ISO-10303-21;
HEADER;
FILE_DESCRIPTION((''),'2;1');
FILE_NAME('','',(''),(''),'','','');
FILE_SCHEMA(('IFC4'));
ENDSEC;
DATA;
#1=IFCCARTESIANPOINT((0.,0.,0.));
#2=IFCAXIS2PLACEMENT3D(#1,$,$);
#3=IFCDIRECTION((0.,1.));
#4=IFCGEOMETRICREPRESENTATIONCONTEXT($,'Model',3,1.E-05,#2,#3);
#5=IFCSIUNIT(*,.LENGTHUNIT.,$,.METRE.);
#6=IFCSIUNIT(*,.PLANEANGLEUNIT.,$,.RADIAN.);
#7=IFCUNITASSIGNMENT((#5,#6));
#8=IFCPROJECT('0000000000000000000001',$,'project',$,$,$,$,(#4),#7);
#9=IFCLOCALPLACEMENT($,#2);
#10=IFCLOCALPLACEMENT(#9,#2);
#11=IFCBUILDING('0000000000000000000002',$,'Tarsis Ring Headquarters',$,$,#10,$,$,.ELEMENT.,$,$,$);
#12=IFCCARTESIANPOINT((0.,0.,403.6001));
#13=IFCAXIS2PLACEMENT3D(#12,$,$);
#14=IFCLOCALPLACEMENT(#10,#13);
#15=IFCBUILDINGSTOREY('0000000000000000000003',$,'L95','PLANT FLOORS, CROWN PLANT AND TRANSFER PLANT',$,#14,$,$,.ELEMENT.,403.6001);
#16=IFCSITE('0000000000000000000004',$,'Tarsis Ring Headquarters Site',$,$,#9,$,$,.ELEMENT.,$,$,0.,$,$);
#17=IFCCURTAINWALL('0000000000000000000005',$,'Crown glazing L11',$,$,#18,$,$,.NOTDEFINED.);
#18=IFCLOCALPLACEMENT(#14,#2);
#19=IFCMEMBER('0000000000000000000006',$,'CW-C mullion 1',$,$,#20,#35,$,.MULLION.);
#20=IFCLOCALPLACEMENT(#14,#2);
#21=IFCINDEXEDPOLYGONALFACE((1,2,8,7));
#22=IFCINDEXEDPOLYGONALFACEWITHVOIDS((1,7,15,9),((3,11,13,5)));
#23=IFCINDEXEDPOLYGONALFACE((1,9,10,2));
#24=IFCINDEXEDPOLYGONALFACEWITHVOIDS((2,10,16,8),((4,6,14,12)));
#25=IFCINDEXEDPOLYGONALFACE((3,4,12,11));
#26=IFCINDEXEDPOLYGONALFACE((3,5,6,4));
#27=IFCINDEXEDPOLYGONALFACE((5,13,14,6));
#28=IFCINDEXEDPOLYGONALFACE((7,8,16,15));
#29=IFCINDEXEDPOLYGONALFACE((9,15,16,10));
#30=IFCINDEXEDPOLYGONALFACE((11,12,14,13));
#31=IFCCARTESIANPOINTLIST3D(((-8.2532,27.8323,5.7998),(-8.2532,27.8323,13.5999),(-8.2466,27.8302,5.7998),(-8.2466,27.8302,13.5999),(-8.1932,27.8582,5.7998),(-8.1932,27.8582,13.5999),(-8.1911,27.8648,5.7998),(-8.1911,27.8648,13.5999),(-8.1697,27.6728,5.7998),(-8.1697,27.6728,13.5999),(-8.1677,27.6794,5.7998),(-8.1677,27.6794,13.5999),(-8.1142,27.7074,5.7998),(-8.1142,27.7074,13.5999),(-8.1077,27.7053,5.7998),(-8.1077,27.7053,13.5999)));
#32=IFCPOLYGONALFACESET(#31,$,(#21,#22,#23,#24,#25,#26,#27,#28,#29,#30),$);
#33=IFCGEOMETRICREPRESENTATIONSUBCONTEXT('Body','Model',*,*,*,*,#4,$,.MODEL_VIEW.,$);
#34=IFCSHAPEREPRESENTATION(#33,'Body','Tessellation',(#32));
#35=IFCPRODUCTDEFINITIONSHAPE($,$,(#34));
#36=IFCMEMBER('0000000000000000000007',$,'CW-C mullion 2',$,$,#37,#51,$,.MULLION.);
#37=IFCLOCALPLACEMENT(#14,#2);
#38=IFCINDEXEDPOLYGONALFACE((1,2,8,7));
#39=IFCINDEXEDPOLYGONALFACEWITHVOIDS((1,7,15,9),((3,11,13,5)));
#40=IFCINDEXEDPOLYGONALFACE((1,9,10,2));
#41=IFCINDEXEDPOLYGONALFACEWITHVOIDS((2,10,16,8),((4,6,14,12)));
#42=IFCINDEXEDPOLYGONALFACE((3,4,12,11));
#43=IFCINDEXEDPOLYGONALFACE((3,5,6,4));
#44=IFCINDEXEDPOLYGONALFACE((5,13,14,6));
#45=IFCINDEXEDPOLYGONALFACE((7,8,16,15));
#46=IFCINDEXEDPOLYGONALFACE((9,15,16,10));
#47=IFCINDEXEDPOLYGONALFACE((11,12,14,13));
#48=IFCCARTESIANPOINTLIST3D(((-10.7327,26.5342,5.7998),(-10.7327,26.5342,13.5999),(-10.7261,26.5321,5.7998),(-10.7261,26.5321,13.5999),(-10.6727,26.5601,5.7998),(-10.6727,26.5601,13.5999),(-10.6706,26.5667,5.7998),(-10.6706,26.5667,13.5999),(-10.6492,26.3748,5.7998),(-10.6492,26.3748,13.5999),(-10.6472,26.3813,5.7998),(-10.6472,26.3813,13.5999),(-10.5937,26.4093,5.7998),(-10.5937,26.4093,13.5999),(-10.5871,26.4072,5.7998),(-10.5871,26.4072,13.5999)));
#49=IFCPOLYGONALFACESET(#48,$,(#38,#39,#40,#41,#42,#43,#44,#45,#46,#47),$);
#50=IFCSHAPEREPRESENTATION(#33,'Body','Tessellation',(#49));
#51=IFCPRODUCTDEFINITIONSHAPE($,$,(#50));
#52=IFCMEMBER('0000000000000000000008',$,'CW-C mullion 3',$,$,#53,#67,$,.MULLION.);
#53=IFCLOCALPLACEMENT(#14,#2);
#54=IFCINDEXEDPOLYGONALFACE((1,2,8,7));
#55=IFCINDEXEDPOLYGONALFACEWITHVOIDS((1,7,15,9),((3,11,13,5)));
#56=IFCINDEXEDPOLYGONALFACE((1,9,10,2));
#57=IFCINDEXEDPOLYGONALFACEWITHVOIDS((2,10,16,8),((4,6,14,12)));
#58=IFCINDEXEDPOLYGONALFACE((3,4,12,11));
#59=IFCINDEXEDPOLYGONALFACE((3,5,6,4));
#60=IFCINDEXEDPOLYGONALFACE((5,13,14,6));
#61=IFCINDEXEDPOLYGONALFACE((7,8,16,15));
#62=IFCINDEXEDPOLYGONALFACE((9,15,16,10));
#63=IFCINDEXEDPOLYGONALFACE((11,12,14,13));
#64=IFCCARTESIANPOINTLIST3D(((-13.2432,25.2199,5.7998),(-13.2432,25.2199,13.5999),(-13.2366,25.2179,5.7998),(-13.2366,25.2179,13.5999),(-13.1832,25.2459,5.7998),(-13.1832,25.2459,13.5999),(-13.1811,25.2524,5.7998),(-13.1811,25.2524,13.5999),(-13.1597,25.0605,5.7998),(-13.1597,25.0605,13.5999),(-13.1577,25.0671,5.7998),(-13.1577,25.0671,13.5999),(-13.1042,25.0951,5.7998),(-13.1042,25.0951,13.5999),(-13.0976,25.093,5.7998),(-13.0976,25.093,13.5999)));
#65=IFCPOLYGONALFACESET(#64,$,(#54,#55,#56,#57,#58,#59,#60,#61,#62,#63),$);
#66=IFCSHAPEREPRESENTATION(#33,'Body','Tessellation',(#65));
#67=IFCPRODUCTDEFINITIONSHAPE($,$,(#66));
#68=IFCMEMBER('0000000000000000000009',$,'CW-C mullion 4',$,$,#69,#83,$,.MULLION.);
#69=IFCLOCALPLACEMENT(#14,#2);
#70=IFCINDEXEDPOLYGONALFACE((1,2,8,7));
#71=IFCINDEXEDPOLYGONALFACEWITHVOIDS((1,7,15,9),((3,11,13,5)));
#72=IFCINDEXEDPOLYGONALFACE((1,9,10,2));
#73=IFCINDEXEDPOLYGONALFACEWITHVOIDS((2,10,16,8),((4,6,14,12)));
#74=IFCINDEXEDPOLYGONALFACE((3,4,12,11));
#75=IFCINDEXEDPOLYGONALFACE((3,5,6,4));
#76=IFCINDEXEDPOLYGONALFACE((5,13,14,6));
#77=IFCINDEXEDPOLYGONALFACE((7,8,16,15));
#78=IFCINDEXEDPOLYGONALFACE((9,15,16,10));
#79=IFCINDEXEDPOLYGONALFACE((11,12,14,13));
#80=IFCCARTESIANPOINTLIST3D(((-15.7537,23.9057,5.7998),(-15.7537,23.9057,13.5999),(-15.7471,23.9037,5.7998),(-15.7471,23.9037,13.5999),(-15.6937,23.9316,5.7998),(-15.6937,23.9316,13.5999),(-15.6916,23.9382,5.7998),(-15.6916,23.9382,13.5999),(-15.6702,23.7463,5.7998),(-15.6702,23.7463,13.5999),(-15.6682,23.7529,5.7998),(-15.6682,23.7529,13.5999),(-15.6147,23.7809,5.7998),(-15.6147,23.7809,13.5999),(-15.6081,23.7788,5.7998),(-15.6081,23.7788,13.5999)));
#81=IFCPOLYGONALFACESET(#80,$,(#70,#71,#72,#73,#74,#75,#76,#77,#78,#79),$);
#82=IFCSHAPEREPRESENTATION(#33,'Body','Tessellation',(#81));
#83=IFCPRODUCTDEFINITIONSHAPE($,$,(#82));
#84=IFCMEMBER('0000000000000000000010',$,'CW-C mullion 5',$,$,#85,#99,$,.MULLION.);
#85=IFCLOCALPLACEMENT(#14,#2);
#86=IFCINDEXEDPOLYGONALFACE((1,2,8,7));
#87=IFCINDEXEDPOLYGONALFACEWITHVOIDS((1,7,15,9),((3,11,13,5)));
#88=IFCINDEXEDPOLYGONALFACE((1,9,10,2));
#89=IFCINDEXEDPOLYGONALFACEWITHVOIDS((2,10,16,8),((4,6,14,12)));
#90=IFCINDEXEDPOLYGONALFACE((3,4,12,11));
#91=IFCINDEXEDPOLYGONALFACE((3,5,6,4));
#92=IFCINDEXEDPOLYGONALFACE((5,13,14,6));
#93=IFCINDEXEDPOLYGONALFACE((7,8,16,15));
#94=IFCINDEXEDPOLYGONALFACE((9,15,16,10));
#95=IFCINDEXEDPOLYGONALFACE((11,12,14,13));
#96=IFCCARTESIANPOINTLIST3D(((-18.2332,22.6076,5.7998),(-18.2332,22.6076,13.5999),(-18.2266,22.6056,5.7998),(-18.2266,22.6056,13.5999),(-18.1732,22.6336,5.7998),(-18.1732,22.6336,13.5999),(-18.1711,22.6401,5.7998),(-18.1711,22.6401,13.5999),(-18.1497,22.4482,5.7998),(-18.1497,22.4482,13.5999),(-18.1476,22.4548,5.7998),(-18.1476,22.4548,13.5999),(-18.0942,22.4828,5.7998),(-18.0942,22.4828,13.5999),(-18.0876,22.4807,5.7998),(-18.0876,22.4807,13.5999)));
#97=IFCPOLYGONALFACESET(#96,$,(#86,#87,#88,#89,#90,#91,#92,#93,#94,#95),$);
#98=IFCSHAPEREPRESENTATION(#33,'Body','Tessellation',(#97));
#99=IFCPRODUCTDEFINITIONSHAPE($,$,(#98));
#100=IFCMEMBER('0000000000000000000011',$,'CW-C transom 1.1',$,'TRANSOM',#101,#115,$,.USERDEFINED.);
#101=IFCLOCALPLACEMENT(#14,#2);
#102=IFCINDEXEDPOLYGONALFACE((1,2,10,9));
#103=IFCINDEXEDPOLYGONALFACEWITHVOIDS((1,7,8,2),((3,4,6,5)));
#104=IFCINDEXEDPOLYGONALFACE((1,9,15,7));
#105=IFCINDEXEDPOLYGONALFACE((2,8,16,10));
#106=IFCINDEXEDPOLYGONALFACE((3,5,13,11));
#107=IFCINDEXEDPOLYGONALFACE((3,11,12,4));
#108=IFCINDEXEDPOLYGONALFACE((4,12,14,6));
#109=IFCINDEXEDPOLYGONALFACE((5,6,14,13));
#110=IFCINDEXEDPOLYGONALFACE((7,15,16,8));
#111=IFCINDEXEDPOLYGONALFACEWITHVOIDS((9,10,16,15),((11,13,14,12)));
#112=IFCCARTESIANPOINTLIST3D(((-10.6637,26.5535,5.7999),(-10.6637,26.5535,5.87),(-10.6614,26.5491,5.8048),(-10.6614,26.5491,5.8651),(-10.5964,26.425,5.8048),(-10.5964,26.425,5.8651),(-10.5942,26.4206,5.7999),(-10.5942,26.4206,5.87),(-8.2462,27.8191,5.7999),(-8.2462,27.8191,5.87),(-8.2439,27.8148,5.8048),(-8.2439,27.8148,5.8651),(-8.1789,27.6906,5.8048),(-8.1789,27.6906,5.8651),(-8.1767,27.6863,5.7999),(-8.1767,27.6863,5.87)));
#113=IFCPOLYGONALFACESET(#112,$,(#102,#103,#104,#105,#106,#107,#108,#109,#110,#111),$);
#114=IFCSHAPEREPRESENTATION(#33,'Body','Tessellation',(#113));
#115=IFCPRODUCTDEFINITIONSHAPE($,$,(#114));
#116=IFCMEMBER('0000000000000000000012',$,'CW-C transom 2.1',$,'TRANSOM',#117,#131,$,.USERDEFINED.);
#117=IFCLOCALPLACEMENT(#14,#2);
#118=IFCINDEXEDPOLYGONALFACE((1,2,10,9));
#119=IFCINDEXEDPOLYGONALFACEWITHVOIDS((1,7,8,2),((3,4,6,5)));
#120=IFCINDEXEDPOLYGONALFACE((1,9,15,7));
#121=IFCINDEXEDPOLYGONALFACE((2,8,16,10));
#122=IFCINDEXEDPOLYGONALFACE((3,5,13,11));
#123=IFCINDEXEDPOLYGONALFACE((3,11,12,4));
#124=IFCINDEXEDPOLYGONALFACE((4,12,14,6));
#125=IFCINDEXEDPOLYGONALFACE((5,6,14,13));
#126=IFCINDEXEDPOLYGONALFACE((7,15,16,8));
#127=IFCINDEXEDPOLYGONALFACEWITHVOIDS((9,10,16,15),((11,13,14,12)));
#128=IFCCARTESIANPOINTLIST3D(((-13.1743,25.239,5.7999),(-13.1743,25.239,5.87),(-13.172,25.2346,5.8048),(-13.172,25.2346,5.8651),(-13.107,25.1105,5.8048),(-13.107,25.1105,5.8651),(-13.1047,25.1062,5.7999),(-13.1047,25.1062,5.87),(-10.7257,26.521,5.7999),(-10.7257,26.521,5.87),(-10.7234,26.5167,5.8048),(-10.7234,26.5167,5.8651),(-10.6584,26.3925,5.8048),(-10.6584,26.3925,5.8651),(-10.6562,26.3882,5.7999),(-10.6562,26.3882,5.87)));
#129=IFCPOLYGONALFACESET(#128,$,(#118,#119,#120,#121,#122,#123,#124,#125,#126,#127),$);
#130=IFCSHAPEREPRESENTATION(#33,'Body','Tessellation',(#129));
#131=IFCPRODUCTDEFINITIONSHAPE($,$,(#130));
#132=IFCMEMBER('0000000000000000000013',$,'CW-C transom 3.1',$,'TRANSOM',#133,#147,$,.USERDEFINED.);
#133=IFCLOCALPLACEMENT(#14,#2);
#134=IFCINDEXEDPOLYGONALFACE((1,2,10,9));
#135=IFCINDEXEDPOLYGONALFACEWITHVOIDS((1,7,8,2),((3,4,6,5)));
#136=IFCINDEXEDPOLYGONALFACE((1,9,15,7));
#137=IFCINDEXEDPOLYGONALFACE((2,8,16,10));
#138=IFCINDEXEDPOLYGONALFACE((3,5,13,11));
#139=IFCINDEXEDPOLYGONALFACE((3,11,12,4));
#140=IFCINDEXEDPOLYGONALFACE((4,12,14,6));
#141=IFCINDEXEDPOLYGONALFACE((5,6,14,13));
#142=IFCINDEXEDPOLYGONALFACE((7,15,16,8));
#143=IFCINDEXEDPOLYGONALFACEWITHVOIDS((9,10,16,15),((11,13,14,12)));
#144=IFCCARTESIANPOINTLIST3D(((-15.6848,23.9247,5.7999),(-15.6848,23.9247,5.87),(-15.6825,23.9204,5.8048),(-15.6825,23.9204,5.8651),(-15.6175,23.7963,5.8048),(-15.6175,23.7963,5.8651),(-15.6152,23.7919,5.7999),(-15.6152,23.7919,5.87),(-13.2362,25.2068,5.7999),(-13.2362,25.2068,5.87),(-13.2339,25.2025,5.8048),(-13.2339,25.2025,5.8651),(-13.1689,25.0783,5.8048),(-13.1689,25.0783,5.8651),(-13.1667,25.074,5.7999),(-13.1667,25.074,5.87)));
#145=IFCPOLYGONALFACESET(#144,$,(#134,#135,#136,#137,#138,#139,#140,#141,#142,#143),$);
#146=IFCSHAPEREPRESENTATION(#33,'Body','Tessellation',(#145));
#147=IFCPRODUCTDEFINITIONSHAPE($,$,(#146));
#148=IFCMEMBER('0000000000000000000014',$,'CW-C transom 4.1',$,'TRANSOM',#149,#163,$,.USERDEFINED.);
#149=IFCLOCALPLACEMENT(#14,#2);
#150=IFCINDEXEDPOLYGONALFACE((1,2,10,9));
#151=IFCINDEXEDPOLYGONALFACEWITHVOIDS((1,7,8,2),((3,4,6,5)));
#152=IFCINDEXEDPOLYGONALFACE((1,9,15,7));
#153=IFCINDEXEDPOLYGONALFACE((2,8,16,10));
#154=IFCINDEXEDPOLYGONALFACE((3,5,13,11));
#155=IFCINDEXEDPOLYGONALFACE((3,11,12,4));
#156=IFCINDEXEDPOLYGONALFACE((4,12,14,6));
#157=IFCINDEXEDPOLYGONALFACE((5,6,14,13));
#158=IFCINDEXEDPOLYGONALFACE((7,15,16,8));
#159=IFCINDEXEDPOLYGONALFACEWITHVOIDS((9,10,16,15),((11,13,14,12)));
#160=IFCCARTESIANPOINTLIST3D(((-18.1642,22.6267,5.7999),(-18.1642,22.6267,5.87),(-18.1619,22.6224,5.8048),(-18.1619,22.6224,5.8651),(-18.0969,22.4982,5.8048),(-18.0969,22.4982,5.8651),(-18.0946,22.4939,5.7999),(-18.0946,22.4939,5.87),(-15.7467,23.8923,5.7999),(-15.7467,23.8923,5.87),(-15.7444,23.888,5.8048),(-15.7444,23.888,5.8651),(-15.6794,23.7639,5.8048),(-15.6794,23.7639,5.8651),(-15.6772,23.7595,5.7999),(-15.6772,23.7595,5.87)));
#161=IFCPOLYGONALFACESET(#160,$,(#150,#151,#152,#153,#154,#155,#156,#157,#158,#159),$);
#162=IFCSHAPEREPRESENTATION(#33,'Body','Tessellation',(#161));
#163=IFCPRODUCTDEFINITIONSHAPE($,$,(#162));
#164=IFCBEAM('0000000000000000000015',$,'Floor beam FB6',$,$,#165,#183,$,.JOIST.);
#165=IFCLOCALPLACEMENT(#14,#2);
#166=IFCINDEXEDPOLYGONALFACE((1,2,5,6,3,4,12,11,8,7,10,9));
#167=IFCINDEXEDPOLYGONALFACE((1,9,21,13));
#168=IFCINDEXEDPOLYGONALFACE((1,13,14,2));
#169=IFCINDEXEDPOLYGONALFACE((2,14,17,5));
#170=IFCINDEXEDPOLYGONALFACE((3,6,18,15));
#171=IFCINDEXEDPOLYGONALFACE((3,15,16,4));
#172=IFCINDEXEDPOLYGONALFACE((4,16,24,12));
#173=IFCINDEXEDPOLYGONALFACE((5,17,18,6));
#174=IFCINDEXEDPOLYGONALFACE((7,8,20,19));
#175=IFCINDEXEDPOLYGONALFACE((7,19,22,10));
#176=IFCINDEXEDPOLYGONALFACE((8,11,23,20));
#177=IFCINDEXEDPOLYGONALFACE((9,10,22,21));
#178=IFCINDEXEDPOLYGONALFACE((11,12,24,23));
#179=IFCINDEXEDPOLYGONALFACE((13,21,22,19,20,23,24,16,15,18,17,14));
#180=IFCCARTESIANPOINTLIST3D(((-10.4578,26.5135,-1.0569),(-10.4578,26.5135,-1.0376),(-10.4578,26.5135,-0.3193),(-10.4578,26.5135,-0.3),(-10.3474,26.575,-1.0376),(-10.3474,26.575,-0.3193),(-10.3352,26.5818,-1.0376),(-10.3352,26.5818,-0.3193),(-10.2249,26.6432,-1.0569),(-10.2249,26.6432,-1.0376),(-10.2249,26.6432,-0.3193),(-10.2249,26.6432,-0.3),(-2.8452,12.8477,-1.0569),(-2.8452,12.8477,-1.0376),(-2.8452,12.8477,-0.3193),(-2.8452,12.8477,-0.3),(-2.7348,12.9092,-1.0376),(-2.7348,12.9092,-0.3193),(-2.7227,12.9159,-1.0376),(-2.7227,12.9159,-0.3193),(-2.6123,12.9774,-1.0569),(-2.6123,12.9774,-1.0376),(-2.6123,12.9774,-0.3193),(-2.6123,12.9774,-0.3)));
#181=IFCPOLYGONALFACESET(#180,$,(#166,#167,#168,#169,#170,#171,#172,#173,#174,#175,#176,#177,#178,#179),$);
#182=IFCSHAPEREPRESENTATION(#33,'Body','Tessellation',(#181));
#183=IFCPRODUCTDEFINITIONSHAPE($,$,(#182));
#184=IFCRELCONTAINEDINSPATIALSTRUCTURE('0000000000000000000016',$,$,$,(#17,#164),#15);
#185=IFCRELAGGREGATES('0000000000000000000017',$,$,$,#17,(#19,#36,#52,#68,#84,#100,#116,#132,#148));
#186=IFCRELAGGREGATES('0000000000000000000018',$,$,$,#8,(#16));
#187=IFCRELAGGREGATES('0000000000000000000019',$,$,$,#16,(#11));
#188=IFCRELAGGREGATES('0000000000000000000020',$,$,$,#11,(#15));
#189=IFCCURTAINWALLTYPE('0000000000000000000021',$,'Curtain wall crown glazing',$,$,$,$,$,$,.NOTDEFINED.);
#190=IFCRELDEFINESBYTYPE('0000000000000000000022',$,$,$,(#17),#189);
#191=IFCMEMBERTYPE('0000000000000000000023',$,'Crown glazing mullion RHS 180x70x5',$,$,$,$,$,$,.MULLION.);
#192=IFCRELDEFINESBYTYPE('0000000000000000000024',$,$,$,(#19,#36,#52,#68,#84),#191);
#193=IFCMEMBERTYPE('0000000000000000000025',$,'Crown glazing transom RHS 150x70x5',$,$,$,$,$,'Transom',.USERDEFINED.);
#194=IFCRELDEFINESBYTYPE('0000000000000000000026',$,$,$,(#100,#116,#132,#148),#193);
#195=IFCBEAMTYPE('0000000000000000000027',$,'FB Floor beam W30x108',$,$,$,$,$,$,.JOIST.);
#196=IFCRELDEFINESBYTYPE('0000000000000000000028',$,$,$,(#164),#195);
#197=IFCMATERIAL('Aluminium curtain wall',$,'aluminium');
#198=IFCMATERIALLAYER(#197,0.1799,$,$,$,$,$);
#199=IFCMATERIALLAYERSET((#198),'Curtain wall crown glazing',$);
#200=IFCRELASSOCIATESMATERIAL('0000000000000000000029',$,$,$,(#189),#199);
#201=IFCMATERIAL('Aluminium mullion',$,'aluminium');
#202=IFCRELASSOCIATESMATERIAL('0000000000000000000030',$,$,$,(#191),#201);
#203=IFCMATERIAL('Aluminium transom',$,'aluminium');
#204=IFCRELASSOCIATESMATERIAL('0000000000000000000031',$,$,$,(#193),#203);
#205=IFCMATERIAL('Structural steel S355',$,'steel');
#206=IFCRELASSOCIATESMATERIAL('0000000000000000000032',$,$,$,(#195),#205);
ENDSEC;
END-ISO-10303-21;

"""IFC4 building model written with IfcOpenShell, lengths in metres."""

from ifc_helpers import new_model, si_unit, direction, frame, origin, origin_2d, place, context, subcontext, project, spatial, hollow_rectangle, i_section, extrude, material, layer, layer_set, material_profile, profile_set, type_object, element, aggregate, save


model = new_model("IFC4")

# Units and contexts
model_context = context("Model", 3, precision=1e-05, world=origin(), true_north=direction((0.0, 1.0)))
body_context = subcontext(model_context, "Body", "Model", "MODEL_VIEW")
ifc_project = project(units=[si_unit("LENGTHUNIT", "METRE"), si_unit("PLANEANGLEUNIT", "RADIAN")], contexts=[model_context])

# Site, building, storey
site_placement = place(None, origin())
site = spatial("IfcSite", under=ifc_project, at=site_placement, Name="Tarsis Ring Headquarters Site", CompositionType="ELEMENT", RefElevation=0.0)
building_placement = place(site_placement, origin())
building = spatial("IfcBuilding", under=site, at=building_placement, Name="Tarsis Ring Headquarters", CompositionType="ELEMENT")
storey_placement = place(building_placement, frame((0.0, 0.0, 403.6001)))
storey = spatial("IfcBuildingStorey", under=building, at=storey_placement, Name="L95", Description="PLANT FLOORS, CROWN PLANT AND TRANSFER PLANT", CompositionType="ELEMENT", Elevation=403.6001)

# Shared definitions
ifc_material_1 = material(Name="Structural steel S355", Category="steel")

# Curtain wall, members
ifc_material_2 = material(Name="Aluminium curtain wall", Category="aluminium")
ifc_layer = layer(ifc_material_2, 0.1799)
ifc_layer_set = layer_set([ifc_layer], Name="Curtain wall crown glazing")
curtain_wall_type = type_object("IfcCurtainWallType", Name="Curtain wall crown glazing", PredefinedType="NOTDEFINED", material=ifc_layer_set)
curtain_wall_placement = place(storey_placement, origin())
curtain_wall = element("IfcCurtainWall", 1, at=curtain_wall_placement, inside=storey, type_object=curtain_wall_type, Name="Crown glazing L11", PredefinedType="NOTDEFINED")
ifc_material_3 = material(Name="Aluminium mullion", Category="aluminium")
ifc_material_profile_1 = material_profile(ifc_material_3, hollow_rectangle(XDim=0.1799, YDim=0.0701, WallThickness=0.0049, at=origin_2d()), Name="RHS 180x70x5")
ifc_profile_set_1 = profile_set([ifc_material_profile_1], Name="Aluminium mullion")
member_type_1 = type_object("IfcMemberType", Name="Crown glazing mullion RHS 180x70x5", PredefinedType="MULLION", material=ifc_profile_set_1)
member_1_placement = place(storey_placement, frame((-8.1804, 27.7688, 5.7998), z_axis=(0.0, 0.0, 1.0), x_axis=(0.463818, -0.885931, 0.0)))
member_1 = element("IfcMember", 2, at=member_1_placement, type_object=member_type_1, Name="CW-C mullion 1", PredefinedType="MULLION", context=body_context, shape_type="SweptSolid", body=[
    extrude(hollow_rectangle(XDim=0.1799, YDim=0.0701, WallThickness=0.0049, at=origin_2d()), origin(), (0.0, 0.0, 1.0), 7.8),
])
member_2_placement = place(storey_placement, frame((-10.6599, 26.4707, 5.7998), z_axis=(0.0, 0.0, 1.0), x_axis=(0.463818, -0.885931, 0.0)))
member_2 = element("IfcMember", 3, at=member_2_placement, type_object=member_type_1, Name="CW-C mullion 2", PredefinedType="MULLION", context=body_context, shape_type="SweptSolid", body=[
    extrude(hollow_rectangle(XDim=0.1799, YDim=0.0701, WallThickness=0.0049, at=origin_2d()), origin(), (0.0, 0.0, 1.0), 7.8),
])
member_3_placement = place(storey_placement, frame((-13.1704, 25.1565, 5.7998), z_axis=(0.0, 0.0, 1.0), x_axis=(0.463818, -0.885931, 0.0)))
member_3 = element("IfcMember", 4, at=member_3_placement, type_object=member_type_1, Name="CW-C mullion 3", PredefinedType="MULLION", context=body_context, shape_type="SweptSolid", body=[
    extrude(hollow_rectangle(XDim=0.1799, YDim=0.0701, WallThickness=0.0049, at=origin_2d()), origin(), (0.0, 0.0, 1.0), 7.8),
])
member_4_placement = place(storey_placement, frame((-15.6809, 23.8423, 5.7998), z_axis=(0.0, 0.0, 1.0), x_axis=(0.463818, -0.885931, 0.0)))
member_4 = element("IfcMember", 5, at=member_4_placement, type_object=member_type_1, Name="CW-C mullion 4", PredefinedType="MULLION", context=body_context, shape_type="SweptSolid", body=[
    extrude(hollow_rectangle(XDim=0.1799, YDim=0.0701, WallThickness=0.0049, at=origin_2d()), origin(), (0.0, 0.0, 1.0), 7.8),
])
member_5_placement = place(storey_placement, frame((-18.1604, 22.5442, 5.7998), z_axis=(0.0, 0.0, 1.0), x_axis=(0.463818, -0.885931, 0.0)))
member_5 = element("IfcMember", 6, at=member_5_placement, type_object=member_type_1, Name="CW-C mullion 5", PredefinedType="MULLION", context=body_context, shape_type="SweptSolid", body=[
    extrude(hollow_rectangle(XDim=0.1799, YDim=0.0701, WallThickness=0.0049, at=origin_2d()), origin(), (0.0, 0.0, 1.0), 7.8),
])
ifc_material_4 = material(Name="Aluminium transom", Category="aluminium")
ifc_material_profile_2 = material_profile(ifc_material_4, hollow_rectangle(XDim=0.1499, YDim=0.0701, WallThickness=0.0049, at=origin_2d()), Name="RHS 150x70x5")
ifc_profile_set_2 = profile_set([ifc_material_profile_2], Name="Aluminium transom")
member_type_2 = type_object("IfcMemberType", Name="Crown glazing transom RHS 150x70x5", ElementType="Transom", PredefinedType="USERDEFINED", material=ifc_profile_set_2)
member_6_placement = place(storey_placement, frame((-8.2114, 27.7527, 5.835), z_axis=(-0.885933, -0.463813, 0.0), x_axis=(0.463813, -0.885933, 0.0)))
member_6 = element("IfcMember", 7, at=member_6_placement, type_object=member_type_2, Name="CW-C transom 1.1", ObjectType="TRANSOM", PredefinedType="USERDEFINED", context=body_context, shape_type="SweptSolid", body=[
    extrude(hollow_rectangle(XDim=0.1499, YDim=0.0701, WallThickness=0.0049, at=origin_2d()), origin(), (0.0, 0.0, 1.0), 2.7288),
])
member_7_placement = place(storey_placement, frame((-10.6909, 26.4546, 5.835), z_axis=(-0.885915, -0.463849, 0.0), x_axis=(0.463849, -0.885915, 0.0)))
member_7 = element("IfcMember", 8, at=member_7_placement, type_object=member_type_2, Name="CW-C transom 2.1", ObjectType="TRANSOM", PredefinedType="USERDEFINED", context=body_context, shape_type="SweptSolid", body=[
    extrude(hollow_rectangle(XDim=0.1499, YDim=0.0701, WallThickness=0.0049, at=origin_2d()), origin(), (0.0, 0.0, 1.0), 2.7639),
])
member_8_placement = place(storey_placement, frame((-13.2014, 25.1404, 5.835), z_axis=(-0.885915, -0.463849, 0.0), x_axis=(0.463849, -0.885915, 0.0)))
member_8 = element("IfcMember", 9, at=member_8_placement, type_object=member_type_2, Name="CW-C transom 3.1", ObjectType="TRANSOM", PredefinedType="USERDEFINED", context=body_context, shape_type="SweptSolid", body=[
    extrude(hollow_rectangle(XDim=0.1499, YDim=0.0701, WallThickness=0.0049, at=origin_2d()), origin(), (0.0, 0.0, 1.0), 2.7639),
])
member_9_placement = place(storey_placement, frame((-15.7119, 23.8259, 5.835), z_axis=(-0.885933, -0.463813, 0.0), x_axis=(0.463813, -0.885933, 0.0)))
member_9 = element("IfcMember", 10, at=member_9_placement, type_object=member_type_2, Name="CW-C transom 4.1", ObjectType="TRANSOM", PredefinedType="USERDEFINED", context=body_context, shape_type="SweptSolid", body=[
    extrude(hollow_rectangle(XDim=0.1499, YDim=0.0701, WallThickness=0.0049, at=origin_2d()), origin(), (0.0, 0.0, 1.0), 2.7288),
])
aggregate(curtain_wall, [member_1, member_2, member_3, member_4, member_5, member_6, member_7, member_8, member_9])

# Beam
ifc_material_profile_3 = material_profile(ifc_material_1, i_section(OverallWidth=0.2666, OverallDepth=0.7568, WebThickness=0.0139, FlangeThickness=0.0193, at=origin_2d()), Name="W30x108")
ifc_profile_set_3 = profile_set([ifc_material_profile_3], Name="Structural steel S355")
beam_type_1 = type_object("IfcBeamType", Name="FB Floor beam W30x108", PredefinedType="JOIST", material=ifc_profile_set_3)
beam_1_placement = place(storey_placement, frame((-10.3413, 26.5784, -0.6785), z_axis=(0.486642, -0.873602, 0.0), x_axis=(0.873602, 0.486642, 0.0)))
element("IfcBeam", 11, at=beam_1_placement, inside=storey, type_object=beam_type_1, Name="Floor beam FB6", PredefinedType="JOIST", context=body_context, shape_type="SweptSolid", body=[
    extrude(i_section(OverallWidth=0.2666, OverallDepth=0.7568, WebThickness=0.0139, FlangeThickness=0.0193, at=origin_2d()), origin(), (0.0, 0.0, 1.0), 15.6431),
])

save(model, "model.ifc")
